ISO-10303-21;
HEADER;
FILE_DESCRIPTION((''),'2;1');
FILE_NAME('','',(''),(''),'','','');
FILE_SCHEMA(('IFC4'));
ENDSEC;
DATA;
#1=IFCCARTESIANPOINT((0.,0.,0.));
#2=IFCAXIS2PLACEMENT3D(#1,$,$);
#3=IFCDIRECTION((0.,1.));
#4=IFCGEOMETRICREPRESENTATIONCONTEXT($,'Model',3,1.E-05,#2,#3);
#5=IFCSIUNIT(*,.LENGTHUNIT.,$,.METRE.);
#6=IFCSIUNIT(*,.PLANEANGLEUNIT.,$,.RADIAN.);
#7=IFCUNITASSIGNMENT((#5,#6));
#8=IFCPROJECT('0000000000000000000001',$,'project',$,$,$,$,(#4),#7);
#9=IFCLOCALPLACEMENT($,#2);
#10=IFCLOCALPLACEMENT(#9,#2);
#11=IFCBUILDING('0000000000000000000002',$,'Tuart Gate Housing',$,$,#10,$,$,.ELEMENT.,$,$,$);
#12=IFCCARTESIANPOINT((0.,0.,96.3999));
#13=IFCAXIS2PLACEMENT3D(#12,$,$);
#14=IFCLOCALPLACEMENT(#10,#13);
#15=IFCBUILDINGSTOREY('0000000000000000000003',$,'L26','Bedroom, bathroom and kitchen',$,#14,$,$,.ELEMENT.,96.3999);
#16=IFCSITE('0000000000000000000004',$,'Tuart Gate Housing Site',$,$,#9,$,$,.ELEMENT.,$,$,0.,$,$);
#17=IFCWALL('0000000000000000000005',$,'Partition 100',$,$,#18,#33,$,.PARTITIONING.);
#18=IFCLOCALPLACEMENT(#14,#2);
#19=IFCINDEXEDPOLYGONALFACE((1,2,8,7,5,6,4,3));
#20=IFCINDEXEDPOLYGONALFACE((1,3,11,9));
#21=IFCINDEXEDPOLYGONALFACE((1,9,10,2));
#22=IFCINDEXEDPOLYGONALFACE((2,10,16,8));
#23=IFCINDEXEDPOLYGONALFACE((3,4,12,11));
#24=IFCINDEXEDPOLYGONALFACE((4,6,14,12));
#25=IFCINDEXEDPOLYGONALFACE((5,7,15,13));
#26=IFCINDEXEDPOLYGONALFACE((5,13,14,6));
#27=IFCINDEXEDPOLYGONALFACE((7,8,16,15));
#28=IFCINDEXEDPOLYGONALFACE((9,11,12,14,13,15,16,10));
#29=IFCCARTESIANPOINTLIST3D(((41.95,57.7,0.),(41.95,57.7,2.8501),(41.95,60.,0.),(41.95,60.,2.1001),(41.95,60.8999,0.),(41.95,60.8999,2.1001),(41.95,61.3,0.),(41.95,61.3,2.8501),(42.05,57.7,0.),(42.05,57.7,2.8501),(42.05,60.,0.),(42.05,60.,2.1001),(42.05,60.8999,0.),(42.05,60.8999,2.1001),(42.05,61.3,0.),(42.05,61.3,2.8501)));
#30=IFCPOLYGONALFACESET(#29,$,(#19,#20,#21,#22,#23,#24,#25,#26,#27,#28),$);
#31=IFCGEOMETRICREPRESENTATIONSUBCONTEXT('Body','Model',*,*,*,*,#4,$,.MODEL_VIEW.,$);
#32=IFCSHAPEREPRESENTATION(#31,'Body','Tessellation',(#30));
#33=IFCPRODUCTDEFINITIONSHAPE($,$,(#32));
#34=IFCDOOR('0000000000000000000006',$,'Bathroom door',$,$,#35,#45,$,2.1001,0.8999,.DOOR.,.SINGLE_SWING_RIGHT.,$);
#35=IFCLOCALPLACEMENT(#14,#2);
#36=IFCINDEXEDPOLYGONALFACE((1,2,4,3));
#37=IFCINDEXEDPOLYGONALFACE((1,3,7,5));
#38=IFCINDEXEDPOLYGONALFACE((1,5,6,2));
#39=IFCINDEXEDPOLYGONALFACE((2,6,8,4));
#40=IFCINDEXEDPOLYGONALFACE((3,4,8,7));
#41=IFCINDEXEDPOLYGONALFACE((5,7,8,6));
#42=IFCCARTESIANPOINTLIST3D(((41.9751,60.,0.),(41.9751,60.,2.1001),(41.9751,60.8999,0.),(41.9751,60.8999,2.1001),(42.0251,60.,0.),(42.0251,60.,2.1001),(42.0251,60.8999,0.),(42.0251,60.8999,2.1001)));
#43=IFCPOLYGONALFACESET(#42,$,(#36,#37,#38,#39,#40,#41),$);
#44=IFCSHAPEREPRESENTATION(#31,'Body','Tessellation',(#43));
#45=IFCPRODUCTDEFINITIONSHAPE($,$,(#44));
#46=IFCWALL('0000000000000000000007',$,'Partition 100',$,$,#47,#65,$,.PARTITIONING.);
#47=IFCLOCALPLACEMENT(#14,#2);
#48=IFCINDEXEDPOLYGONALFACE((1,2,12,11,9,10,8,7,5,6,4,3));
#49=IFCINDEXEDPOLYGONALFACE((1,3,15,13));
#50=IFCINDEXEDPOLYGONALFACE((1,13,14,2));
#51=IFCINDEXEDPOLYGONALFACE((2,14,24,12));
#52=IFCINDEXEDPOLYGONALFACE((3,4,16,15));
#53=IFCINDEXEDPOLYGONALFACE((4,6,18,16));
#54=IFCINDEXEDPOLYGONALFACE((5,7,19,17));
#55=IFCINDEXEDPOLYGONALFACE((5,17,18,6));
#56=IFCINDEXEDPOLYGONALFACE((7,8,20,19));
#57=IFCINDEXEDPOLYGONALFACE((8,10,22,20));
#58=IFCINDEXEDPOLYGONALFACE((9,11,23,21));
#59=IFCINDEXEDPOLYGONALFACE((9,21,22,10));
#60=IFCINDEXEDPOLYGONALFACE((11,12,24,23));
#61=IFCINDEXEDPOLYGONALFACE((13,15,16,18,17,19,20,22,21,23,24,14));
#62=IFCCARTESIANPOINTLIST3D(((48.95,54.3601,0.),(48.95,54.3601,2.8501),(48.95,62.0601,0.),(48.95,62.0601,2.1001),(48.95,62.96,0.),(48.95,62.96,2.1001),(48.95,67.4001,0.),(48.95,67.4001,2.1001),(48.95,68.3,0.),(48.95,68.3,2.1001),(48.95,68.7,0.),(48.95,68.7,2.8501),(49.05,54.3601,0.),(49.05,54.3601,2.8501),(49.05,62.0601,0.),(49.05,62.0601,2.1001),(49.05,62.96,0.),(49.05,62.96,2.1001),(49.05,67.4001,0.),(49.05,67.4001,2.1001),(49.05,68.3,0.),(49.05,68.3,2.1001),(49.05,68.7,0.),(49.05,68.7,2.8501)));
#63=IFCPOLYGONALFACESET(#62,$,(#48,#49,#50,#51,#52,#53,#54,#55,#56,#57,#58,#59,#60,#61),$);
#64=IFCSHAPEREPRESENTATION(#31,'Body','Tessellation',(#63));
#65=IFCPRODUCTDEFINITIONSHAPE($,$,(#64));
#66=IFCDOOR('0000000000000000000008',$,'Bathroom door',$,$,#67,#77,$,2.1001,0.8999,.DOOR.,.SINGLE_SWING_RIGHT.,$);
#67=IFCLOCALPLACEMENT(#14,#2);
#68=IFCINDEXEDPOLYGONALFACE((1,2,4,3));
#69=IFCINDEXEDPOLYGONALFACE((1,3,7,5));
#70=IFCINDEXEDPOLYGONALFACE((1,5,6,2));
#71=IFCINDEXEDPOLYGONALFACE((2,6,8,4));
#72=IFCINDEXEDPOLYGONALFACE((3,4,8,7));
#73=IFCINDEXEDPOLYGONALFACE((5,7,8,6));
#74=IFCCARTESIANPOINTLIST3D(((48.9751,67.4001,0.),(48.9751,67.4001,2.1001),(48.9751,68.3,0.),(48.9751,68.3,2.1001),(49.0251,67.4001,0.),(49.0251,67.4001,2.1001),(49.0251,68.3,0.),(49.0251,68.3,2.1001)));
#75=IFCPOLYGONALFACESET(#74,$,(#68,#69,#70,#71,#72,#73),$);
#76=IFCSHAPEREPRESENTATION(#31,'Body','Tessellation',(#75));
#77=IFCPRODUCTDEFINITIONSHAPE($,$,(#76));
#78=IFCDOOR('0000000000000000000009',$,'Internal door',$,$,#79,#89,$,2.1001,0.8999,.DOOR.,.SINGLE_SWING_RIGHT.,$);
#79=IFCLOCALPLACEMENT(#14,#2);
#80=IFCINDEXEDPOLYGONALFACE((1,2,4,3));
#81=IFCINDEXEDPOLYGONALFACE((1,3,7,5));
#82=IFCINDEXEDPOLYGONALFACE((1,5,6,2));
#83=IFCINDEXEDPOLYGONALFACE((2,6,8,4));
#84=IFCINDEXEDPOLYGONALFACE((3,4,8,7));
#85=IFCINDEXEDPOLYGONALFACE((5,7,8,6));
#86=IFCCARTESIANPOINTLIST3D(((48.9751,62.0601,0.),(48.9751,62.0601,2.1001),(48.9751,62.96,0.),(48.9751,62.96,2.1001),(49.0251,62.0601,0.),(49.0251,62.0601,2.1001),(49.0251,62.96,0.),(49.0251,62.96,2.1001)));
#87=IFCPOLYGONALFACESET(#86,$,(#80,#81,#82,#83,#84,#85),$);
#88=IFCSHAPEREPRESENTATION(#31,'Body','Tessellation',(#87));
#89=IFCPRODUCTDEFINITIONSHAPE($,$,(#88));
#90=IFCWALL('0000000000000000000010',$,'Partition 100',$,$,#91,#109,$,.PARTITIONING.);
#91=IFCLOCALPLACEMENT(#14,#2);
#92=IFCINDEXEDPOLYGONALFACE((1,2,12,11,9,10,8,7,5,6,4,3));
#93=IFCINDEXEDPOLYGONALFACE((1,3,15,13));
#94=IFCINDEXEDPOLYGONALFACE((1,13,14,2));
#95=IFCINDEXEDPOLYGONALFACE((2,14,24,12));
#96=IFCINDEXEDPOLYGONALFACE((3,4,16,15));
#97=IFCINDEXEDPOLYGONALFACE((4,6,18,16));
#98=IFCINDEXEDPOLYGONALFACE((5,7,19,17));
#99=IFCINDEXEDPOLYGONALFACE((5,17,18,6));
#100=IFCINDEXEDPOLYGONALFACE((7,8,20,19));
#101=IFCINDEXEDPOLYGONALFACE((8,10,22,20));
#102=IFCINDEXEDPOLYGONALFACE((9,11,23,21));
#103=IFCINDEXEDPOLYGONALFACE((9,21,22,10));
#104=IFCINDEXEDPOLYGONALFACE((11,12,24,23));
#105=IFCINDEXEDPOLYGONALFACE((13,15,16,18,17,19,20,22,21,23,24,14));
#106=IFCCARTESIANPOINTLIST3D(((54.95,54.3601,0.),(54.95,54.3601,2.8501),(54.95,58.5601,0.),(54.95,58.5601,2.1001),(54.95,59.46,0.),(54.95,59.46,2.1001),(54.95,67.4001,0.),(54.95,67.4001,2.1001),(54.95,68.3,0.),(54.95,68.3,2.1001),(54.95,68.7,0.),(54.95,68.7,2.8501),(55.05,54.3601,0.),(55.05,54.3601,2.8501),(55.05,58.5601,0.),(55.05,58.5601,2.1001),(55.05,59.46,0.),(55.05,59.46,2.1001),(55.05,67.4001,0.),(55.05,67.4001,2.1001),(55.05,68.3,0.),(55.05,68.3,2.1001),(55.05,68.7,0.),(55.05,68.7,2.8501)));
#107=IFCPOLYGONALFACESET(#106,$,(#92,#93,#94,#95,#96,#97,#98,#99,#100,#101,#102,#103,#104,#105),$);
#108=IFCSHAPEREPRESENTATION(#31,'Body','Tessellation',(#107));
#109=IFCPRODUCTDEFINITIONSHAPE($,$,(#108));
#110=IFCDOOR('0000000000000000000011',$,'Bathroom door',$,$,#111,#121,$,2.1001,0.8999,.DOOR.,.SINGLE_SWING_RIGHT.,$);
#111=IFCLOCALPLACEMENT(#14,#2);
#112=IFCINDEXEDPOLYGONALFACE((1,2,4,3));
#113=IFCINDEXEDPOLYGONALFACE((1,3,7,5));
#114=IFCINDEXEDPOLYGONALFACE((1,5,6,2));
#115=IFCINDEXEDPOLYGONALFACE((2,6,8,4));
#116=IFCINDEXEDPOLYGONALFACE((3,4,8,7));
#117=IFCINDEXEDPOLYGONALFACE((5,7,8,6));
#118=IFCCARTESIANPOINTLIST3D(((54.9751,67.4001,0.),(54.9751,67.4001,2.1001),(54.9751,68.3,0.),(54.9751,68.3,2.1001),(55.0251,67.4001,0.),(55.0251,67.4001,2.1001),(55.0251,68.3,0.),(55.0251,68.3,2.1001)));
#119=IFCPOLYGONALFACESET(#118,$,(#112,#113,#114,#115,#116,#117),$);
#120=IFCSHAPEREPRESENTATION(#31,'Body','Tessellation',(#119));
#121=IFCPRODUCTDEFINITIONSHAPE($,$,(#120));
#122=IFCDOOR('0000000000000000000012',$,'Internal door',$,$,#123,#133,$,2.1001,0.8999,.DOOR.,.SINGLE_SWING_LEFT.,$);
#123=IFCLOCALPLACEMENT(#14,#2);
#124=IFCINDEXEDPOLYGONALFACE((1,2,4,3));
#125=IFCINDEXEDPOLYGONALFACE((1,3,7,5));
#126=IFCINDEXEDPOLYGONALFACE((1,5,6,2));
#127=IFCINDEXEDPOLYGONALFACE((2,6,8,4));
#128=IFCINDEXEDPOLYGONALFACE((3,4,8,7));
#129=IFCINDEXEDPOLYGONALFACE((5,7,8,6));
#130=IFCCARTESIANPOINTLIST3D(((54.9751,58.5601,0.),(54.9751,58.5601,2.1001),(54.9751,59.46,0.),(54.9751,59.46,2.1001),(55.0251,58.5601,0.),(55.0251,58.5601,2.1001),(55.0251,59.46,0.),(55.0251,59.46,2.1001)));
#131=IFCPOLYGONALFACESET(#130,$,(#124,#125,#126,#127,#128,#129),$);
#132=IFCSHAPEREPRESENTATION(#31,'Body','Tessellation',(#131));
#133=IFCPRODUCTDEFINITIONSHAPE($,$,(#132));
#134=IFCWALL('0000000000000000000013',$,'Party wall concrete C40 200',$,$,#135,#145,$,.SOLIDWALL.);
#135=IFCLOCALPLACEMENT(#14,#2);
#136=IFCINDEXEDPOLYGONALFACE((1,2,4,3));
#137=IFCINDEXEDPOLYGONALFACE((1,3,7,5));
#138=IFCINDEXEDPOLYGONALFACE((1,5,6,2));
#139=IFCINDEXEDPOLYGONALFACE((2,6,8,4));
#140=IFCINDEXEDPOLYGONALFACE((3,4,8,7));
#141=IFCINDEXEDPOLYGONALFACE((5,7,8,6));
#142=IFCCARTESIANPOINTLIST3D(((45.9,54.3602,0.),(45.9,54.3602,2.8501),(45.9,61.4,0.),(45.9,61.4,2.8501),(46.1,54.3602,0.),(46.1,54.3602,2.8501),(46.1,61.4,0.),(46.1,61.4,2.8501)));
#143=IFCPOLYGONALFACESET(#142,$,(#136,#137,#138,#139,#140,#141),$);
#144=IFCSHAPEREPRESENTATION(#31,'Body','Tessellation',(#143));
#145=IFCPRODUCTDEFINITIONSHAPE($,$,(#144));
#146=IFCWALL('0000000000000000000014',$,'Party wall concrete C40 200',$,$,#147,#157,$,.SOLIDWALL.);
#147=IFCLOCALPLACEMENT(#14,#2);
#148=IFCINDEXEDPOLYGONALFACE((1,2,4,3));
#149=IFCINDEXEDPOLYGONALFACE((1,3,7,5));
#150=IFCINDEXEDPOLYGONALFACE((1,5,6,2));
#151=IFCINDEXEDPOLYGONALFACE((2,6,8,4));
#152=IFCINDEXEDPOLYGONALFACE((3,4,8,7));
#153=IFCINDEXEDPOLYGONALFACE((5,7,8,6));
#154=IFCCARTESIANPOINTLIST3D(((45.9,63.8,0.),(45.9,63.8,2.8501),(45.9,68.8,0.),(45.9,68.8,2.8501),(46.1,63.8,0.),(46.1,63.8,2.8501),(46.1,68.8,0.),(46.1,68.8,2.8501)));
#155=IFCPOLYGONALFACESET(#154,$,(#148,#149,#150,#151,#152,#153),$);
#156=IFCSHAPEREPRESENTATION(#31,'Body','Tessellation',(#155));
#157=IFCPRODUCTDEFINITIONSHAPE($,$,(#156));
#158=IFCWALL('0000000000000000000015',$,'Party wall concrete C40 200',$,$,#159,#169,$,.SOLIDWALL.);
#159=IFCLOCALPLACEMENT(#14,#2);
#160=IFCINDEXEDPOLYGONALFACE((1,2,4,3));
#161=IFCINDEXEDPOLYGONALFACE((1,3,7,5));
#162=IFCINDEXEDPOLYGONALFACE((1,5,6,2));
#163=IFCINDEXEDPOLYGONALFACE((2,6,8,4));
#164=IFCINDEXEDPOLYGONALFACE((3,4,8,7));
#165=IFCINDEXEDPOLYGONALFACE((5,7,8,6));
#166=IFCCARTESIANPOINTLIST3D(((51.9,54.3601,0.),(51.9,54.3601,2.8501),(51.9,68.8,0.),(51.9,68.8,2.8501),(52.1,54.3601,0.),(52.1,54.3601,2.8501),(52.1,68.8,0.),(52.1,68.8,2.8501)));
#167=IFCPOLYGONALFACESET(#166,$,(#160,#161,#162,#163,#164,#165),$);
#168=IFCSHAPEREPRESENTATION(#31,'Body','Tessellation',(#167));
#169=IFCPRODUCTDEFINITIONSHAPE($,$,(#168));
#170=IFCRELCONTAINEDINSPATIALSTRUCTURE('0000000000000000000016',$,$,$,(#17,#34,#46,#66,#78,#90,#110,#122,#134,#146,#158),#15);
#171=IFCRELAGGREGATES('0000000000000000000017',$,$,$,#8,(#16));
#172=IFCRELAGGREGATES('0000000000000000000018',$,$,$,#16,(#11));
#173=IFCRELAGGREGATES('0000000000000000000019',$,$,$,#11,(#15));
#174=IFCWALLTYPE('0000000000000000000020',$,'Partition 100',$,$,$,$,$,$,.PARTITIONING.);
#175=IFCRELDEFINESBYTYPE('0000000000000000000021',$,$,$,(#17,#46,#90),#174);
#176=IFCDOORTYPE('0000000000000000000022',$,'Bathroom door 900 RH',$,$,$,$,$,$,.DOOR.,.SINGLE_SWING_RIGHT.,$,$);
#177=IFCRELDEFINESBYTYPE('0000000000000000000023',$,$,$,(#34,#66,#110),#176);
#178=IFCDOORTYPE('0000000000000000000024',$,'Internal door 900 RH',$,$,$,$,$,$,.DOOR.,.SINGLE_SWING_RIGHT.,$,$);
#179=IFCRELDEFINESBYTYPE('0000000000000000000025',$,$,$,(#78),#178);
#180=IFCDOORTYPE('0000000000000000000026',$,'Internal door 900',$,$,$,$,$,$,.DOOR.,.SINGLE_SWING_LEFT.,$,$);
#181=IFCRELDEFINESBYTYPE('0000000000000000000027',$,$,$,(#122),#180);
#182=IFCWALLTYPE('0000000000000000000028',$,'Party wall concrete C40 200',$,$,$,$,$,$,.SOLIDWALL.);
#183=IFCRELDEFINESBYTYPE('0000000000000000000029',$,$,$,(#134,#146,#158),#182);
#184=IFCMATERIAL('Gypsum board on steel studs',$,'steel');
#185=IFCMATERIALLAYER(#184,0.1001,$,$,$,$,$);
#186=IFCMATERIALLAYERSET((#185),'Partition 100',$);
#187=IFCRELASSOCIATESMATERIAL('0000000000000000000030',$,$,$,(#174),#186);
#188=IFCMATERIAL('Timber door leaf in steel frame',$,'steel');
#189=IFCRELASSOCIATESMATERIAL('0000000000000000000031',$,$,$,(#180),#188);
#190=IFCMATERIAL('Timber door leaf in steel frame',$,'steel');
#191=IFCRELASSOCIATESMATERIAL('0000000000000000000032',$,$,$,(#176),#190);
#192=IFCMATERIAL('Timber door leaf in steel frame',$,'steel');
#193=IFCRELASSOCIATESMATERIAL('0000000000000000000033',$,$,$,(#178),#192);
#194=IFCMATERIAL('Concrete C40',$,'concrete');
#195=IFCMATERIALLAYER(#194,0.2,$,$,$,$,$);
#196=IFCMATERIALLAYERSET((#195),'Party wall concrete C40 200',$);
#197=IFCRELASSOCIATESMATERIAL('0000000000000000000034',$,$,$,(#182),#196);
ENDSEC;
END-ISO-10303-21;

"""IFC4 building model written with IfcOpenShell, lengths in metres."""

from ifc_helpers import new_model, si_unit, direction, frame, frame_2d, origin, place, context, subcontext, project, spatial, rectangle, extrude, material, layer, layer_set, type_object, element, fill, save


model = new_model("IFC4")

# Units and contexts
model_context = context("Model", 3, precision=1e-05, world=origin(), true_north=direction((0.0, 1.0)))
body_context = subcontext(model_context, "Body", "Model", "MODEL_VIEW")
ifc_project = project(units=[si_unit("LENGTHUNIT", "METRE"), si_unit("PLANEANGLEUNIT", "RADIAN")], contexts=[model_context])

# Site, building, storey
site_placement = place(None, origin())
site = spatial("IfcSite", under=ifc_project, at=site_placement, Name="Tuart Gate Housing Site", CompositionType="ELEMENT", RefElevation=0.0)
building_placement = place(site_placement, origin())
building = spatial("IfcBuilding", under=site, at=building_placement, Name="Tuart Gate Housing", CompositionType="ELEMENT")
storey_placement = place(building_placement, frame((0.0, 0.0, 96.3999)))
storey = spatial("IfcBuildingStorey", under=building, at=storey_placement, Name="L26", Description="Bedroom, bathroom and kitchen", CompositionType="ELEMENT", Elevation=96.3999)

# Shared definitions
ifc_material_1 = material(Name="Gypsum board on steel studs", Category="steel")
ifc_layer_1 = layer(ifc_material_1, 0.1001)
ifc_layer_set_1 = layer_set([ifc_layer_1], Name="Partition 100")
wall_type_1 = type_object("IfcWallType", Name="Partition 100", PredefinedType="PARTITIONING", material=ifc_layer_set_1)
ifc_material_2 = material(Name="Timber door leaf in steel frame", Category="steel")
door_type_1 = type_object("IfcDoorType", Name="Internal door 900", OperationType="SINGLE_SWING_LEFT", PredefinedType="DOOR", material=ifc_material_2)

# Wall, opening, door
wall_1_placement = place(storey_placement, frame((42.0, 57.7, 0.0), z_axis=(0.0, 0.0, 1.0), x_axis=(0.0, 1.0, 0.0)))
wall_1 = element("IfcWall", 1, at=wall_1_placement, inside=storey, type_object=wall_type_1, Name="Partition 100", PredefinedType="PARTITIONING", context=body_context, shape_type="SweptSolid", body=[
    extrude(rectangle(XDim=3.6001, YDim=0.1001, at=frame_2d((1.8, 0.0))), origin(), (0.0, 0.0, 1.0), 2.8501),
])
opening_1_placement = place(wall_1_placement, frame((2.3, 0.0, 0.0)))
opening_1 = element("IfcOpeningElement", 2, at=opening_1_placement, cuts=wall_1, PredefinedType="OPENING", context=body_context, shape_type="SweptSolid", body=[
    extrude(rectangle(XDim=0.8999, YDim=2.1001, at=frame_2d((0.45, 1.05))), frame((0.0, 0.0601, 0.0), z_axis=(0.0, -1.0, 0.0), x_axis=(1.0, 0.0, 0.0)), (0.0, 0.0, 1.0), 0.1201),
])
ifc_material_3 = material(Name="Timber door leaf in steel frame", Category="steel")
door_type_2 = type_object("IfcDoorType", Name="Bathroom door 900 RH", OperationType="SINGLE_SWING_RIGHT", PredefinedType="DOOR", material=ifc_material_3)
door_1_placement = place(opening_1_placement, origin())
door_1 = element("IfcDoor", 3, at=door_1_placement, inside=storey, type_object=door_type_2, Name="Bathroom door", OperationType="SINGLE_SWING_RIGHT", OverallHeight=2.1001, OverallWidth=0.8999, PredefinedType="DOOR", context=body_context, shape_type="SweptSolid", body=[
    extrude(rectangle(XDim=0.8999, YDim=2.1001, at=frame_2d((0.45, 1.05))), frame((0.0, 0.0249, 0.0), z_axis=(0.0, -1.0, 0.0), x_axis=(1.0, 0.0, 0.0)), (0.0, 0.0, 1.0), 0.05),
])
fill(opening_1, door_1)

# Walls, openings, doors
wall_2_placement = place(storey_placement, frame((49.0, 54.3601, 0.0), z_axis=(0.0, 0.0, 1.0), x_axis=(0.0, 1.0, 0.0)))
wall_2 = element("IfcWall", 4, at=wall_2_placement, inside=storey, type_object=wall_type_1, Name="Partition 100", PredefinedType="PARTITIONING", context=body_context, shape_type="SweptSolid", body=[
    extrude(rectangle(XDim=14.3398, YDim=0.1001, at=frame_2d((7.1699, 0.0))), origin(), (0.0, 0.0, 1.0), 2.8501),
])
opening_2_placement = place(wall_2_placement, frame((7.7, 0.0, 0.0)))
opening_2 = element("IfcOpeningElement", 5, at=opening_2_placement, cuts=wall_2, PredefinedType="OPENING", context=body_context, shape_type="SweptSolid", body=[
    extrude(rectangle(XDim=0.8999, YDim=2.1001, at=frame_2d((0.45, 1.05))), frame((0.0, 0.0601, 0.0), z_axis=(0.0, -1.0, 0.0), x_axis=(1.0, 0.0, 0.0)), (0.0, 0.0, 1.0), 0.1201),
])
opening_3_placement = place(wall_2_placement, frame((13.04, 0.0, 0.0)))
opening_3 = element("IfcOpeningElement", 6, at=opening_3_placement, cuts=wall_2, PredefinedType="OPENING", context=body_context, shape_type="SweptSolid", body=[
    extrude(rectangle(XDim=0.8999, YDim=2.1001, at=frame_2d((0.45, 1.05))), frame((0.0, 0.0601, 0.0), z_axis=(0.0, -1.0, 0.0), x_axis=(1.0, 0.0, 0.0)), (0.0, 0.0, 1.0), 0.1201),
])
door_2_placement = place(opening_3_placement, origin())
door_2 = element("IfcDoor", 7, at=door_2_placement, inside=storey, type_object=door_type_2, Name="Bathroom door", OperationType="SINGLE_SWING_RIGHT", OverallHeight=2.1001, OverallWidth=0.8999, PredefinedType="DOOR", context=body_context, shape_type="SweptSolid", body=[
    extrude(rectangle(XDim=0.8999, YDim=2.1001, at=frame_2d((0.45, 1.05))), frame((0.0, 0.0249, 0.0), z_axis=(0.0, -1.0, 0.0), x_axis=(1.0, 0.0, 0.0)), (0.0, 0.0, 1.0), 0.05),
])
fill(opening_3, door_2)
ifc_material_4 = material(Name="Timber door leaf in steel frame", Category="steel")
door_type_3 = type_object("IfcDoorType", Name="Internal door 900 RH", OperationType="SINGLE_SWING_RIGHT", PredefinedType="DOOR", material=ifc_material_4)
door_3_placement = place(opening_2_placement, origin())
door_3 = element("IfcDoor", 8, at=door_3_placement, inside=storey, type_object=door_type_3, Name="Internal door", OperationType="SINGLE_SWING_RIGHT", OverallHeight=2.1001, OverallWidth=0.8999, PredefinedType="DOOR", context=body_context, shape_type="SweptSolid", body=[
    extrude(rectangle(XDim=0.8999, YDim=2.1001, at=frame_2d((0.45, 1.05))), frame((0.0, 0.0249, 0.0), z_axis=(0.0, -1.0, 0.0), x_axis=(1.0, 0.0, 0.0)), (0.0, 0.0, 1.0), 0.05),
])
fill(opening_2, door_3)
wall_3_placement = place(storey_placement, frame((55.0, 54.3601, 0.0), z_axis=(0.0, 0.0, 1.0), x_axis=(0.0, 1.0, 0.0)))
wall_3 = element("IfcWall", 9, at=wall_3_placement, inside=storey, type_object=wall_type_1, Name="Partition 100", PredefinedType="PARTITIONING", context=body_context, shape_type="SweptSolid", body=[
    extrude(rectangle(XDim=14.3398, YDim=0.1001, at=frame_2d((7.1699, 0.0))), origin(), (0.0, 0.0, 1.0), 2.8501),
])
opening_4_placement = place(wall_3_placement, frame((4.2, 0.0, 0.0)))
opening_4 = element("IfcOpeningElement", 10, at=opening_4_placement, cuts=wall_3, PredefinedType="OPENING", context=body_context, shape_type="SweptSolid", body=[
    extrude(rectangle(XDim=0.8999, YDim=2.1001, at=frame_2d((0.45, 1.05))), frame((0.0, 0.0601, 0.0), z_axis=(0.0, -1.0, 0.0), x_axis=(1.0, 0.0, 0.0)), (0.0, 0.0, 1.0), 0.1201),
])
opening_5_placement = place(wall_3_placement, frame((13.04, 0.0, 0.0)))
opening_5 = element("IfcOpeningElement", 11, at=opening_5_placement, cuts=wall_3, PredefinedType="OPENING", context=body_context, shape_type="SweptSolid", body=[
    extrude(rectangle(XDim=0.8999, YDim=2.1001, at=frame_2d((0.45, 1.05))), frame((0.0, 0.0601, 0.0), z_axis=(0.0, -1.0, 0.0), x_axis=(1.0, 0.0, 0.0)), (0.0, 0.0, 1.0), 0.1201),
])
door_4_placement = place(opening_5_placement, origin())
door_4 = element("IfcDoor", 12, at=door_4_placement, inside=storey, type_object=door_type_2, Name="Bathroom door", OperationType="SINGLE_SWING_RIGHT", OverallHeight=2.1001, OverallWidth=0.8999, PredefinedType="DOOR", context=body_context, shape_type="SweptSolid", body=[
    extrude(rectangle(XDim=0.8999, YDim=2.1001, at=frame_2d((0.45, 1.05))), frame((0.0, 0.0249, 0.0), z_axis=(0.0, -1.0, 0.0), x_axis=(1.0, 0.0, 0.0)), (0.0, 0.0, 1.0), 0.05),
])
fill(opening_5, door_4)
door_5_placement = place(opening_4_placement, origin())
door_5 = element("IfcDoor", 13, at=door_5_placement, inside=storey, type_object=door_type_1, Name="Internal door", OperationType="SINGLE_SWING_LEFT", OverallHeight=2.1001, OverallWidth=0.8999, PredefinedType="DOOR", context=body_context, shape_type="SweptSolid", body=[
    extrude(rectangle(XDim=0.8999, YDim=2.1001, at=frame_2d((0.45, 1.05))), frame((0.0, 0.0249, 0.0), z_axis=(0.0, -1.0, 0.0), x_axis=(1.0, 0.0, 0.0)), (0.0, 0.0, 1.0), 0.05),
])
fill(opening_4, door_5)

# Walls
ifc_material_5 = material(Name="Concrete C40", Category="concrete")
ifc_layer_2 = layer(ifc_material_5, 0.2)
ifc_layer_set_2 = layer_set([ifc_layer_2], Name="Party wall concrete C40 200")
wall_type_2 = type_object("IfcWallType", Name="Party wall concrete C40 200", PredefinedType="SOLIDWALL", material=ifc_layer_set_2)
wall_4_placement = place(storey_placement, frame((46.0, 54.3601, 0.0), z_axis=(0.0, 0.0, 1.0), x_axis=(0.0, 1.0, 0.0)))
element("IfcWall", 14, at=wall_4_placement, inside=storey, type_object=wall_type_2, Name="Party wall concrete C40 200", PredefinedType="SOLIDWALL", context=body_context, shape_type="SweptSolid", body=[
    extrude(rectangle(XDim=7.0398, YDim=0.2, at=frame_2d((3.52, 0.0))), origin(), (0.0, 0.0, 1.0), 2.8501),
])
wall_5_placement = place(storey_placement, frame((46.0, 63.8, 0.0), z_axis=(0.0, 0.0, 1.0), x_axis=(0.0, 1.0, 0.0)))
element("IfcWall", 15, at=wall_5_placement, inside=storey, type_object=wall_type_2, Name="Party wall concrete C40 200", PredefinedType="SOLIDWALL", context=body_context, shape_type="SweptSolid", body=[
    extrude(rectangle(XDim=5.0, YDim=0.2, at=frame_2d((2.5, 0.0))), origin(), (0.0, 0.0, 1.0), 2.8501),
])
for number, where, z_axis, x_axis, name in (
    (16, (52.0, 54.3601, 0.0), (0.0, 0.0, 1.0), (0.0, 1.0, 0.0), "Party wall concrete C40 200"),
):
    element("IfcWall", number, at=place(storey_placement, frame(where, z_axis=z_axis, x_axis=x_axis)), inside=storey, type_object=wall_type_2, Name=name, PredefinedType="SOLIDWALL", context=body_context, shape_type="SweptSolid", body=[
        extrude(rectangle(XDim=14.4399, YDim=0.2, at=frame_2d((7.22, 0.0))), origin(), (0.0, 0.0, 1.0), 2.8501),
    ])

save(model, "model.ifc")
